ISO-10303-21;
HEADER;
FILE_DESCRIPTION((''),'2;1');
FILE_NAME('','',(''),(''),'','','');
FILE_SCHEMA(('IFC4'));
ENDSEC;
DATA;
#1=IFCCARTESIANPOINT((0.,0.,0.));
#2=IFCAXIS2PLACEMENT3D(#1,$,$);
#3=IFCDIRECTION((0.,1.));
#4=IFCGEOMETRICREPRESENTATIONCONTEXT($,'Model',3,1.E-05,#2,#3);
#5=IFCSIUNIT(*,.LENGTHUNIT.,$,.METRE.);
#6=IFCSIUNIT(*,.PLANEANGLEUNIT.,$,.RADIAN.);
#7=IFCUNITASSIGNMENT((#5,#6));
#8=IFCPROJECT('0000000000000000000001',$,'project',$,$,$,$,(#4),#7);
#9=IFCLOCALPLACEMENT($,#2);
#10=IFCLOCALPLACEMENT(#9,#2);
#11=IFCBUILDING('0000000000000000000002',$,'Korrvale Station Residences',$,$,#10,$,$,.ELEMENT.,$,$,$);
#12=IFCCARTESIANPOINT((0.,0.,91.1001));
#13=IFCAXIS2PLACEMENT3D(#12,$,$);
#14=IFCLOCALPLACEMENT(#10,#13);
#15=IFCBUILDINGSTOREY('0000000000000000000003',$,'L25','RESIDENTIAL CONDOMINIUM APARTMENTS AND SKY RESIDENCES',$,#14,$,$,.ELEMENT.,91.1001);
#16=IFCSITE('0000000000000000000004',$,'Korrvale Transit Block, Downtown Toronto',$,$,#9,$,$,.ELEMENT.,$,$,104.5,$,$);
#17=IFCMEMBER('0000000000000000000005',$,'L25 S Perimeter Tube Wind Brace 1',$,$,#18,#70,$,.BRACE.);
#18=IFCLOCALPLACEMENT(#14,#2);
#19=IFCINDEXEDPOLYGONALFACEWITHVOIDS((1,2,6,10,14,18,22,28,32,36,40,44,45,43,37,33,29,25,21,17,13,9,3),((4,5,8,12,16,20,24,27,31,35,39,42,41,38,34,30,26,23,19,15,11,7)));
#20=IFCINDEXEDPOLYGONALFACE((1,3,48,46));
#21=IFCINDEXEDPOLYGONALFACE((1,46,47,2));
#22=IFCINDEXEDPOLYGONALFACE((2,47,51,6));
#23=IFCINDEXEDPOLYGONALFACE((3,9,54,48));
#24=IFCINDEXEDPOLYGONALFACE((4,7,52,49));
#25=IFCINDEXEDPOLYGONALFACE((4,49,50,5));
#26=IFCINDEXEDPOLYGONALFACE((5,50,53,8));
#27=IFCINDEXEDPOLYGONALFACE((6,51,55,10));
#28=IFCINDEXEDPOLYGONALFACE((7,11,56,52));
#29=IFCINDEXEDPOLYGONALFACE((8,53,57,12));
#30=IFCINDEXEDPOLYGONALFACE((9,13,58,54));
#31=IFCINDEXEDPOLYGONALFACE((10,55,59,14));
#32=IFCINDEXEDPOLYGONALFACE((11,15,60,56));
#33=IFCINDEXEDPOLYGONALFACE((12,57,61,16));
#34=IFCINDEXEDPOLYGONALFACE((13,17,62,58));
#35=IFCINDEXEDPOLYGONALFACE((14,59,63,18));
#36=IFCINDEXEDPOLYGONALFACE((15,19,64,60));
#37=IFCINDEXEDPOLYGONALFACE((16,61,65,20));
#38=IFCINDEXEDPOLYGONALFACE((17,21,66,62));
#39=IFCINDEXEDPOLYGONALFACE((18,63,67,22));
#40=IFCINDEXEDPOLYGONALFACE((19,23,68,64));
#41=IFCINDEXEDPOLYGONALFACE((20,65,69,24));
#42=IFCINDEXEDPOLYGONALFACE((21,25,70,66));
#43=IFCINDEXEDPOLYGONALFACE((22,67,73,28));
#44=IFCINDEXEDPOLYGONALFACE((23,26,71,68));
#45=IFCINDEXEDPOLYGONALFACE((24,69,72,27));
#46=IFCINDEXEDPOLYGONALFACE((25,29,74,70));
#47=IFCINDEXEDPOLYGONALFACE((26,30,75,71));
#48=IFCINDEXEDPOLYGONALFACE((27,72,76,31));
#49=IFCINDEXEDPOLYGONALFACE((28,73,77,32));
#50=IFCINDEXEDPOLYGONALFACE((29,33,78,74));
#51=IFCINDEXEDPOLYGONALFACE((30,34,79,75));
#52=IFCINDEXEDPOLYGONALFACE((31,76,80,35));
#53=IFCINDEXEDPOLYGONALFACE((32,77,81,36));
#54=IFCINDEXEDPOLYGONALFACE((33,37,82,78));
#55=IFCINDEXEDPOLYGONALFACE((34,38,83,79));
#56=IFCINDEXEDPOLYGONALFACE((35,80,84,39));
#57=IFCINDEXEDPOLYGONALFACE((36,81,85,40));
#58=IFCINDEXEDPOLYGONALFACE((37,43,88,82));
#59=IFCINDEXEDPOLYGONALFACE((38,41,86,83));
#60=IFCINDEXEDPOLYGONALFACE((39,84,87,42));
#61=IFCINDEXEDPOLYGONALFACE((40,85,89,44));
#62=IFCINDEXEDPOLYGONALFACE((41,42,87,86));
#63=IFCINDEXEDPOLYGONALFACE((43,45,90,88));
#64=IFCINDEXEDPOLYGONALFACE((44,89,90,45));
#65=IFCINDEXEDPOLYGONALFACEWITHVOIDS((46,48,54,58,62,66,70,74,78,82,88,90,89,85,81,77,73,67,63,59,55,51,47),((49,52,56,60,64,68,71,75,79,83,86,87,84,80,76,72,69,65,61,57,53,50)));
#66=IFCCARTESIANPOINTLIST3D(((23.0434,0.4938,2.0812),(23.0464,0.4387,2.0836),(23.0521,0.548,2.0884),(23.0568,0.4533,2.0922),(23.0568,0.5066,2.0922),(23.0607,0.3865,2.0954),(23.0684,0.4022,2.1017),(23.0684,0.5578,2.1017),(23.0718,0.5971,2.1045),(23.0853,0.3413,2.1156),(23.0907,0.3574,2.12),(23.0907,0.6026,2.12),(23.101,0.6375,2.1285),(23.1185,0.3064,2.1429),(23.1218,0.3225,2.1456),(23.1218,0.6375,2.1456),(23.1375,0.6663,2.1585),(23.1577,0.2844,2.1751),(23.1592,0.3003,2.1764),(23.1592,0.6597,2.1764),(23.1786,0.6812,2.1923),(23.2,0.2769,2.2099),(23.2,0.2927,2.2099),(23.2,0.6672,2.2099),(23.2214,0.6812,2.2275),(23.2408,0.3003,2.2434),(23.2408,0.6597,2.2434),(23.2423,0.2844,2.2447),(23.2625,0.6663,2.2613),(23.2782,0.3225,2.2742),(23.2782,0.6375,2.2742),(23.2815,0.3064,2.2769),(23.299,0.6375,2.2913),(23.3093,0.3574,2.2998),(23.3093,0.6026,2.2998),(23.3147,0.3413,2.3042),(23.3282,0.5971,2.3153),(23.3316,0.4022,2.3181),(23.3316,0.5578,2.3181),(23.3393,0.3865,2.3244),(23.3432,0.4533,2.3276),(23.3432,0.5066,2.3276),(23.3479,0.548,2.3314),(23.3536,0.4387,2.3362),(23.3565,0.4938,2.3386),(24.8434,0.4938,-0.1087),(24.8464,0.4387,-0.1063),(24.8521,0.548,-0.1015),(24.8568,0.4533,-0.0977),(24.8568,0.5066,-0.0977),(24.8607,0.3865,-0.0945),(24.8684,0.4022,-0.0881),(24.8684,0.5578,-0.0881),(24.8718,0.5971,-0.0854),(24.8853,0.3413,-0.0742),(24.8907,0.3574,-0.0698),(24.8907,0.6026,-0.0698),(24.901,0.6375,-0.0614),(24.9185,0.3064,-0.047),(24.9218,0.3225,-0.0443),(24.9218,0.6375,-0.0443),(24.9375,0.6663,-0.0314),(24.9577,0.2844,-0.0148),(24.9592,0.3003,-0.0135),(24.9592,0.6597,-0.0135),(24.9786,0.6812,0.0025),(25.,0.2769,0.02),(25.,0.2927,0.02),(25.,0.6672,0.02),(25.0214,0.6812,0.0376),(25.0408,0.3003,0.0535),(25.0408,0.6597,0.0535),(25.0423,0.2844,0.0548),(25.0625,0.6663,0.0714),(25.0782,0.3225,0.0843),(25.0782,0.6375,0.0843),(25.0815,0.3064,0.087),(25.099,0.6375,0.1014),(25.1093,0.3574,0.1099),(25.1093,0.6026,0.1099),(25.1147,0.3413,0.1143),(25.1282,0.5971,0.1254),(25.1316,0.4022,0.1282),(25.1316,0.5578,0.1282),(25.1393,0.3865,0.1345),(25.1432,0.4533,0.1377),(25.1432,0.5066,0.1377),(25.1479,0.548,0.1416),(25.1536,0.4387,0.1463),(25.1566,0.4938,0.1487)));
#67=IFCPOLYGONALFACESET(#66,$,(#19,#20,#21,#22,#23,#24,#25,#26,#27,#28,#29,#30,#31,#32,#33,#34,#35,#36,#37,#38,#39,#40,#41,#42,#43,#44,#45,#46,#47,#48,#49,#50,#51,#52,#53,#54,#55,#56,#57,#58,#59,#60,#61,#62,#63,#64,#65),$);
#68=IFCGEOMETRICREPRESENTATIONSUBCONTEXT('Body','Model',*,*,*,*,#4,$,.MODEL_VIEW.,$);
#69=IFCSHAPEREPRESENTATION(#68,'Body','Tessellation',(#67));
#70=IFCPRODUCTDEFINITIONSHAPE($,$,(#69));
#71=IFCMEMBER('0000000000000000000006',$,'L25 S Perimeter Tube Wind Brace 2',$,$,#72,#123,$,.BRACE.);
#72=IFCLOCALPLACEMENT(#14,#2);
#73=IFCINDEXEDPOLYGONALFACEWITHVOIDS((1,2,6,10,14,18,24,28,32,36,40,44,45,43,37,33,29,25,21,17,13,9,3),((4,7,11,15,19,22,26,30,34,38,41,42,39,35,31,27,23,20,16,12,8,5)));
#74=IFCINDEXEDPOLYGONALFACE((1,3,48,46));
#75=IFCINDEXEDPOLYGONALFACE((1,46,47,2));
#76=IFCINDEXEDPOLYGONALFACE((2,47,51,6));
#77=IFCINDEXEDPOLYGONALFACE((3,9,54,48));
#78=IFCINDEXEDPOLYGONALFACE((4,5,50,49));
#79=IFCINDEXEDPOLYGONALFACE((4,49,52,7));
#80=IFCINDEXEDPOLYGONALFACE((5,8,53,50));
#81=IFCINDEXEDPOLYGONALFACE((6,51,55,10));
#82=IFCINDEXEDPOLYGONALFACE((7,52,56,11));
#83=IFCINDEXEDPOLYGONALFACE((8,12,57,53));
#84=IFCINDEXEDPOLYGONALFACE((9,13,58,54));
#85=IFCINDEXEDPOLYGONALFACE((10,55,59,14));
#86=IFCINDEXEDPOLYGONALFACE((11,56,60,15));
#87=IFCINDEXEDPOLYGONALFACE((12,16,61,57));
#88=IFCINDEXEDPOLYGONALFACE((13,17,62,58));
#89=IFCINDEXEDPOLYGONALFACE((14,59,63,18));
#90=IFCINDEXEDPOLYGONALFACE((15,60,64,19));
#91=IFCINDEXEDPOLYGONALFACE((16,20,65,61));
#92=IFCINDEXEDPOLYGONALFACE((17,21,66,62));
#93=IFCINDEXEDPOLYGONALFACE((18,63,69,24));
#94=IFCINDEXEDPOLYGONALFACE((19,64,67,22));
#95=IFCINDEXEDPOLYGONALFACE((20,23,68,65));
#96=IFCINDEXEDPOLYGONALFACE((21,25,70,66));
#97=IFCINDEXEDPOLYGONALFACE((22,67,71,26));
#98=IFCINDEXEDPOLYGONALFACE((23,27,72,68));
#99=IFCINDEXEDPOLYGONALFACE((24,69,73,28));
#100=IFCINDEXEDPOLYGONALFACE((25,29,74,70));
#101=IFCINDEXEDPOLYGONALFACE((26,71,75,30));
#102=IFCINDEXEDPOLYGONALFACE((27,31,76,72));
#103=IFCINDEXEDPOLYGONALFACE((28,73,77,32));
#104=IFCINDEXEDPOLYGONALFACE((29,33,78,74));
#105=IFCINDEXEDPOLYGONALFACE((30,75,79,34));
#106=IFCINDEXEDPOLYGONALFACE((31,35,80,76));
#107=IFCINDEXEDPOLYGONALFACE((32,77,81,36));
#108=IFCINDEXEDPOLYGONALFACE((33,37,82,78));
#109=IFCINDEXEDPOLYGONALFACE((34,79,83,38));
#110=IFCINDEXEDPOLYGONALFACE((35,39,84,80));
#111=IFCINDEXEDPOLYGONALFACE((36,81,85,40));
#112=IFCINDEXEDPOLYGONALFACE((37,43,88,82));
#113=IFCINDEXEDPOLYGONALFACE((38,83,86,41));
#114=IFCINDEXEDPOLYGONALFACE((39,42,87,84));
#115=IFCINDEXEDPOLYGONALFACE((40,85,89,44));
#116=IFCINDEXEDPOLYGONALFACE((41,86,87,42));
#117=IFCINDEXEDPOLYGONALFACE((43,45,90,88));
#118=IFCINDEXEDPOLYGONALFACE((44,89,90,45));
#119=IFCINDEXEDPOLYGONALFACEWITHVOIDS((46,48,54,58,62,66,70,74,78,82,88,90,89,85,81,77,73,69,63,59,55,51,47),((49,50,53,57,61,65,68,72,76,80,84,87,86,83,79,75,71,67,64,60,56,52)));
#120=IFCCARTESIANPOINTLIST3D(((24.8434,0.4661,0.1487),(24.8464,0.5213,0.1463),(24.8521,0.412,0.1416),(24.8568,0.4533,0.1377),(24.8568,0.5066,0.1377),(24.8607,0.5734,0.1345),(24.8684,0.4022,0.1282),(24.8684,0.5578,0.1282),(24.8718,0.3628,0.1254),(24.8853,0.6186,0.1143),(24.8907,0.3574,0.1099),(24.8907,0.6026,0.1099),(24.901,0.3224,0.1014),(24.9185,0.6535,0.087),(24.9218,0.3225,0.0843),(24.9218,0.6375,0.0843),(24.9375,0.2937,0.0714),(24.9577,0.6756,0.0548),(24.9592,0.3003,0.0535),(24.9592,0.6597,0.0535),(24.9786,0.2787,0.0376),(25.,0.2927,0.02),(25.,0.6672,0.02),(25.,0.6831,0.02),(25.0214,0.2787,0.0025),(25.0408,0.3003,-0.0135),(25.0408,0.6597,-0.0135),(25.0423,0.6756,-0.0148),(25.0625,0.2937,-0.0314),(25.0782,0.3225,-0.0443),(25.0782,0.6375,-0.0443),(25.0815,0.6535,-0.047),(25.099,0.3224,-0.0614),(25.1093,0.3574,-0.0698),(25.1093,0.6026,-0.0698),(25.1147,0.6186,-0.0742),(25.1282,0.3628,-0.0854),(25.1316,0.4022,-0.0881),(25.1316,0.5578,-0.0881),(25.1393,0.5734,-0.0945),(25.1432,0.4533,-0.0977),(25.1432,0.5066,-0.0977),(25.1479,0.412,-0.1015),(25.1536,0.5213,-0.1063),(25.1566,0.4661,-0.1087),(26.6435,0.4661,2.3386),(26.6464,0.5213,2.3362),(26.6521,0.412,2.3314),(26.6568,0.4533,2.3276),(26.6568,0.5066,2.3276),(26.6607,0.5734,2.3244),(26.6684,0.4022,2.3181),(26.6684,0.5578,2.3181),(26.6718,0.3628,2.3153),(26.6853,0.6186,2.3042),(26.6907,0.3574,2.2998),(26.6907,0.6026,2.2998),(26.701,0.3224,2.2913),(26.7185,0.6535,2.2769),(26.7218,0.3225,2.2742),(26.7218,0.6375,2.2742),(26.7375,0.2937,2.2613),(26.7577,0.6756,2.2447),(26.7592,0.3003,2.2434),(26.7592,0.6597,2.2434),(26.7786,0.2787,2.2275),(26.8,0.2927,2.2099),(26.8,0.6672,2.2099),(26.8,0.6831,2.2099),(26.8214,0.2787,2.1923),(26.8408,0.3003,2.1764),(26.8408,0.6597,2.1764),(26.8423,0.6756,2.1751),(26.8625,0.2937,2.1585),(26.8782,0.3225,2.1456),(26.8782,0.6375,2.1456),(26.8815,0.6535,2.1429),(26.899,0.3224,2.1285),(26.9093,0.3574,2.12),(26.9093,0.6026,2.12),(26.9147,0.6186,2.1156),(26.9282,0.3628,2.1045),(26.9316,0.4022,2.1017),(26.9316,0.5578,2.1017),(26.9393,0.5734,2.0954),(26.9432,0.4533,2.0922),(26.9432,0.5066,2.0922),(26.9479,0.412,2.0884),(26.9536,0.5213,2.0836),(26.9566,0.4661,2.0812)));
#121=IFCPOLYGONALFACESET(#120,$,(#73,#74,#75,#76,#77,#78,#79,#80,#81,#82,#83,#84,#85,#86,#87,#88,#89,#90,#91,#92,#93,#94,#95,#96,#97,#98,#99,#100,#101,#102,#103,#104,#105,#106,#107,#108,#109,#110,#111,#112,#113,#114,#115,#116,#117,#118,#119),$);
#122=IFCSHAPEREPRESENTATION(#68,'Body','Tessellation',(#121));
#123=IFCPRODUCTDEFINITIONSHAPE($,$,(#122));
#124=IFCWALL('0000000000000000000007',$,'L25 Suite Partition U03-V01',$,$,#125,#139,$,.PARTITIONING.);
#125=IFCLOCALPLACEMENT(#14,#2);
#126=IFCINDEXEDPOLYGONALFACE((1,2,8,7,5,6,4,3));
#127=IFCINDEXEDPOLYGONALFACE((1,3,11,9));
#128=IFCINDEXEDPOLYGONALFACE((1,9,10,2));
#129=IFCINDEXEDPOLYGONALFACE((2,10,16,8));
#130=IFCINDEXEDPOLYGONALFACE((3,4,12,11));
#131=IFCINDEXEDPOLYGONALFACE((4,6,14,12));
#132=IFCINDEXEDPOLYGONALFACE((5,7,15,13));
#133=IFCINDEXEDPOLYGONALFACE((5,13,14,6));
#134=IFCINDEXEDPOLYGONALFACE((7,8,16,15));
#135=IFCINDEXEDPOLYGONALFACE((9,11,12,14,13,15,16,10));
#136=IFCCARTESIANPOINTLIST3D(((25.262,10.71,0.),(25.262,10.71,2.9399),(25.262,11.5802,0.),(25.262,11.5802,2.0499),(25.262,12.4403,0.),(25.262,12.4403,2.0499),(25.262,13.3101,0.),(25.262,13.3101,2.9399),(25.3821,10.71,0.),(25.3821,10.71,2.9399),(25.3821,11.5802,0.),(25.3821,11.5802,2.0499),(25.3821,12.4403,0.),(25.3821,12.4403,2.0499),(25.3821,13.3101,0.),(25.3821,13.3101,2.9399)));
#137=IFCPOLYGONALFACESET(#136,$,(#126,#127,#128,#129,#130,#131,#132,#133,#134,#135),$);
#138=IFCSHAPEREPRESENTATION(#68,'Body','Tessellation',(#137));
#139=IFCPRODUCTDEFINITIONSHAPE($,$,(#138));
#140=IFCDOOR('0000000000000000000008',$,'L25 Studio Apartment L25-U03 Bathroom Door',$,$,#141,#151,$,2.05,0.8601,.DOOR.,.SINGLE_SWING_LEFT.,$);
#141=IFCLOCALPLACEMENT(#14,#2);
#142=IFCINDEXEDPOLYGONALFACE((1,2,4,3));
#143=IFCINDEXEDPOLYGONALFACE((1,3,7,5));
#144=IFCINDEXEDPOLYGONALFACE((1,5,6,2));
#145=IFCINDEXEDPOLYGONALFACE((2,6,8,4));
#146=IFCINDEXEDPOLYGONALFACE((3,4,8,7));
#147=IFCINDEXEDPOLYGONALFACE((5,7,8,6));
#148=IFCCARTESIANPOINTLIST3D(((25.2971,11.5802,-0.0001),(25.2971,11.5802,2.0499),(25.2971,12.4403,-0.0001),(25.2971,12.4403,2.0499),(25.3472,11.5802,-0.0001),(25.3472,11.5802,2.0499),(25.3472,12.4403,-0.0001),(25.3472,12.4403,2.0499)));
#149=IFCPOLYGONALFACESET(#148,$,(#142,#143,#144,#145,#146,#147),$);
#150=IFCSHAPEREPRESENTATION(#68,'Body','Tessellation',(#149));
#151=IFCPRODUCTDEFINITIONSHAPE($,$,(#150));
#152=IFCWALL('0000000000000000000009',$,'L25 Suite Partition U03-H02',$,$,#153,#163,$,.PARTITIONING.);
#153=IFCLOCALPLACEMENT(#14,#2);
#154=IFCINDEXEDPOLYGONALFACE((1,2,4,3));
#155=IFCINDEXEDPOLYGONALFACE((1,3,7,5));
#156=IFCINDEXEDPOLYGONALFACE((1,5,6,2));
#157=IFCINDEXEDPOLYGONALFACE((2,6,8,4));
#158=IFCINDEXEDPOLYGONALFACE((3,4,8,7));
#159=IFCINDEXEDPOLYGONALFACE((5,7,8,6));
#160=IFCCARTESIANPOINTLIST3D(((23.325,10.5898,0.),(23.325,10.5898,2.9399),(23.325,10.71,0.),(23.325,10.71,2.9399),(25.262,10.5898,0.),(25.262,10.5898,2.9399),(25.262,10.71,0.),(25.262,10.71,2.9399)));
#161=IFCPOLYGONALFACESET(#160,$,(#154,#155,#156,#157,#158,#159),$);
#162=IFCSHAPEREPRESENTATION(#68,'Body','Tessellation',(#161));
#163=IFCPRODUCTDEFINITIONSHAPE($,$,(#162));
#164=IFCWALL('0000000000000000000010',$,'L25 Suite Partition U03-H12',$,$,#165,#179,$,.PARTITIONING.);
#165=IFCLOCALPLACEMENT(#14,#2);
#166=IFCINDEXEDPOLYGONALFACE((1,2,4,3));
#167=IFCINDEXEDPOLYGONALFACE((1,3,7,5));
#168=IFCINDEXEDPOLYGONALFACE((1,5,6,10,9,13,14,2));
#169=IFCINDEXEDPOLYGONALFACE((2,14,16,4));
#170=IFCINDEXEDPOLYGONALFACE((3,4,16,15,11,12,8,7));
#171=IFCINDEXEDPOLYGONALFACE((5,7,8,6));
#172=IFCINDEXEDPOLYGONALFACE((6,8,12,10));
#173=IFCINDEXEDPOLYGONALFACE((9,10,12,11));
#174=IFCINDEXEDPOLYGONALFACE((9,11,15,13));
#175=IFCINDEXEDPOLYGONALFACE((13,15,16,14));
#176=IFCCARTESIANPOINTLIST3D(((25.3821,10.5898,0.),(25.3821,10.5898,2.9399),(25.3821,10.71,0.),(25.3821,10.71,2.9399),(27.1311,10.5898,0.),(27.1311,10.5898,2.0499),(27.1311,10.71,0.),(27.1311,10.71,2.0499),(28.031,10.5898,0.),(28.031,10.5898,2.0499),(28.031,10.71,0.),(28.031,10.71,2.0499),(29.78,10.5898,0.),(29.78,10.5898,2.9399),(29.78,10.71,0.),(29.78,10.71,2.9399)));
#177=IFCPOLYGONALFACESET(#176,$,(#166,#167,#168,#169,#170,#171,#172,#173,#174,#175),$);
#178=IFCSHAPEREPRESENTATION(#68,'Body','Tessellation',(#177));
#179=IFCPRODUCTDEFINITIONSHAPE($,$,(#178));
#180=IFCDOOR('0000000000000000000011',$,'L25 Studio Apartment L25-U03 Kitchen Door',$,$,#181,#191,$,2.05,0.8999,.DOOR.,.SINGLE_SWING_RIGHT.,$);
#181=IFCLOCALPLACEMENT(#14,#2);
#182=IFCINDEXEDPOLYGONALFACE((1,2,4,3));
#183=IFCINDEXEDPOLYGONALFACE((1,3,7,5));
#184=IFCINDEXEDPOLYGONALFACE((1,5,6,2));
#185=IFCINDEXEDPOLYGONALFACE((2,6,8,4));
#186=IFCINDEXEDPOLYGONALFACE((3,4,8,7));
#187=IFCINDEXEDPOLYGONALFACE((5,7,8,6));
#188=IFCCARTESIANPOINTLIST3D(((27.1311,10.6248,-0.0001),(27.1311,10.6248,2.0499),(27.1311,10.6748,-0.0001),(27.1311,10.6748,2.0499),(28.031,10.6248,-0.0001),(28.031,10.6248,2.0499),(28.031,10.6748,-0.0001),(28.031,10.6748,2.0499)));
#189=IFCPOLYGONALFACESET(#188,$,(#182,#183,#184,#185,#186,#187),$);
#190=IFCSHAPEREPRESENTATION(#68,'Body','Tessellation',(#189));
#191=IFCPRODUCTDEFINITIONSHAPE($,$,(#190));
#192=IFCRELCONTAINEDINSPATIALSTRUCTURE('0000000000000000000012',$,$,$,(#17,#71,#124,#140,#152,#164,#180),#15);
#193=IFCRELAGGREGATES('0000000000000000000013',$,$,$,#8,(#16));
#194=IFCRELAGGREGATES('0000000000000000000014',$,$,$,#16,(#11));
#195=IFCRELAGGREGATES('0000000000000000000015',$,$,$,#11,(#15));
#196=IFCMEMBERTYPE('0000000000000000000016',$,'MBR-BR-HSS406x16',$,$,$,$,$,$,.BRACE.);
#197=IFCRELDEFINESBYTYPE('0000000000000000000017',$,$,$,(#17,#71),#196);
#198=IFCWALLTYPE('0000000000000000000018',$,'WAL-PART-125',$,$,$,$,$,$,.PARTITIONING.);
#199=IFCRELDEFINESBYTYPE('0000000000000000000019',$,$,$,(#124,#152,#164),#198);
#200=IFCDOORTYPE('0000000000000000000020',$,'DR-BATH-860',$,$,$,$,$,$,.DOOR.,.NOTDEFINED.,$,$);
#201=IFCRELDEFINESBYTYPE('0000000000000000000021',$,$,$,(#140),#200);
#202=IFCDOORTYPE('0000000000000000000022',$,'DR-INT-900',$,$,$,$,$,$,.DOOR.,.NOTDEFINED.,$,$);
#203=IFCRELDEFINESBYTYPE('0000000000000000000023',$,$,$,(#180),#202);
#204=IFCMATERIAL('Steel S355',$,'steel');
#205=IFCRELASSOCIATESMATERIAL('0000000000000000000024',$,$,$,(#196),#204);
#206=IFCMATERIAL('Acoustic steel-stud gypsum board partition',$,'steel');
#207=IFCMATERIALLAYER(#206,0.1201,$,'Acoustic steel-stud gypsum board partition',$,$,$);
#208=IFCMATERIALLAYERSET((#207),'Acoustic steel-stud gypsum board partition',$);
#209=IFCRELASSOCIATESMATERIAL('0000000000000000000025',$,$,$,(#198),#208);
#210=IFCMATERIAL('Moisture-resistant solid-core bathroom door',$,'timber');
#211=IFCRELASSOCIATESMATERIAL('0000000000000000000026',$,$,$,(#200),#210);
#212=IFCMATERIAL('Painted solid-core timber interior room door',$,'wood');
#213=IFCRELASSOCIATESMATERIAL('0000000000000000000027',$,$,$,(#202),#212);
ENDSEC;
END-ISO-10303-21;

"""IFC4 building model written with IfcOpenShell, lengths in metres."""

from ifc_helpers import new_model, si_unit, direction, frame, frame_2d, origin, origin_2d, place, context, subcontext, project, spatial, rectangle, hollow_circle, extrude, material, layer, layer_set, material_profile, profile_set, type_object, element, fill, save


model = new_model("IFC4")

# Units and contexts
model_context = context("Model", 3, precision=1e-05, world=origin(), true_north=direction((0.0, 1.0)))
body_context = subcontext(model_context, "Body", "Model", "MODEL_VIEW")
ifc_project = project(units=[si_unit("LENGTHUNIT", "METRE"), si_unit("PLANEANGLEUNIT", "RADIAN")], contexts=[model_context])

# Site, building, storey
site_placement = place(None, origin())
site = spatial("IfcSite", under=ifc_project, at=site_placement, Name="Korrvale Transit Block, Downtown Toronto", CompositionType="ELEMENT", RefElevation=104.5)
building_placement = place(site_placement, origin())
building = spatial("IfcBuilding", under=site, at=building_placement, Name="Korrvale Station Residences", CompositionType="ELEMENT")
storey_placement = place(building_placement, frame((0.0, 0.0, 91.1001)))
storey = spatial("IfcBuildingStorey", under=building, at=storey_placement, Name="L25", Description="RESIDENTIAL CONDOMINIUM APARTMENTS AND SKY RESIDENCES", CompositionType="ELEMENT", Elevation=91.1001)

# Shared definitions
ifc_material_1 = material(Name="Steel S355", Category="steel")

# Members
ifc_material_profile_1 = material_profile(ifc_material_1, hollow_circle(Radius=0.2031, WallThickness=0.0159, at=origin_2d()), Name="HSS406x16")
ifc_profile_set_1 = profile_set([ifc_material_profile_1], Name="Steel S355")
member_type = type_object("IfcMemberType", Name="MBR-BR-HSS406x16", PredefinedType="BRACE", material=ifc_profile_set_1)
for number, where, z_axis, x_axis, name in (
    (1, (25.0, 0.48, 0.02), (-0.634985, 0.0, 0.772524), (0.0, -1.0, 0.0), "L25 S Perimeter Tube Wind Brace 1"),
    (2, (25.0, 0.48, 0.02), (0.634985, 0.0, 0.772524), (0.0, 1.0, 0.0), "L25 S Perimeter Tube Wind Brace 2"),
):
    element("IfcMember", number, at=place(storey_placement, frame(where, z_axis=z_axis, x_axis=x_axis)), inside=storey, type_object=member_type, Name=name, PredefinedType="BRACE", context=body_context, shape_type="SweptSolid", body=[
        extrude(hollow_circle(Radius=0.2031, WallThickness=0.0159, at=origin_2d()), origin(), (0.0, 0.0, 1.0), 2.8347),
    ])

# Wall, opening, door
ifc_material_2 = material(Name="Acoustic steel-stud gypsum board partition", Category="steel")
ifc_layer_1 = layer(ifc_material_2, 0.1201, Name="Acoustic steel-stud gypsum board partition")
ifc_layer_set_1 = layer_set([ifc_layer_1], Name="Acoustic steel-stud gypsum board partition")
wall_type_1 = type_object("IfcWallType", Name="WAL-PART-125", PredefinedType="PARTITIONING", material=ifc_layer_set_1)
wall_1_placement = place(storey_placement, frame((25.322, 10.71, 0.0), z_axis=(0.0, 0.0, 1.0), x_axis=(0.0, 1.0, 0.0)))
wall_1 = element("IfcWall", 3, at=wall_1_placement, inside=storey, type_object=wall_type_1, Name="L25 Suite Partition U03-V01", PredefinedType="PARTITIONING", context=body_context, shape_type="SweptSolid", body=[
    extrude(rectangle(XDim=2.6001, YDim=0.1201, at=frame_2d((1.3, 0.0))), origin(), (0.0, 0.0, 1.0), 2.9399),
])
opening_1_placement = place(wall_1_placement, frame((0.8701, 0.0, 0.0)))
opening_1 = element("IfcOpeningElement", 4, at=opening_1_placement, cuts=wall_1, PredefinedType="OPENING", context=body_context, shape_type="SweptSolid", body=[
    extrude(rectangle(XDim=0.8601, YDim=2.05, at=frame_2d((0.4302, 1.0249))), frame((0.0, 0.0701, 0.0), z_axis=(0.0, -1.0, 0.0), x_axis=(1.0, 0.0, 0.0)), (0.0, 0.0, 1.0), 0.1401),
])
ifc_material_3 = material(Name="Moisture-resistant solid-core bathroom door", Category="timber")
door_type_1 = type_object("IfcDoorType", Name="DR-BATH-860", OperationType="NOTDEFINED", PredefinedType="DOOR", material=ifc_material_3)
door_1_placement = place(opening_1_placement, origin())
door_1 = element("IfcDoor", 5, at=door_1_placement, inside=storey, type_object=door_type_1, Name="L25 Studio Apartment L25-U03 Bathroom Door", OperationType="SINGLE_SWING_LEFT", OverallHeight=2.05, OverallWidth=0.8601, PredefinedType="DOOR", context=body_context, shape_type="SweptSolid", body=[
    extrude(rectangle(XDim=0.8601, YDim=2.05, at=frame_2d((0.4302, 1.0249))), frame((0.0, 0.0249, 0.0), z_axis=(0.0, -1.0, 0.0), x_axis=(1.0, 0.0, 0.0)), (0.0, 0.0, 1.0), 0.05),
])
fill(opening_1, door_1)

# Wall
wall_2_placement = place(storey_placement, frame((23.325, 10.6499, 0.0), z_axis=(0.0, 0.0, 1.0), x_axis=(1.0, 0.0, 0.0)))
element("IfcWall", 6, at=wall_2_placement, inside=storey, type_object=wall_type_1, Name="L25 Suite Partition U03-H02", PredefinedType="PARTITIONING", context=body_context, shape_type="SweptSolid", body=[
    extrude(rectangle(XDim=1.937, YDim=0.1201, at=frame_2d((0.9685, 0.0))), origin(), (0.0, 0.0, 1.0), 2.9399),
])

# Wall, opening, door
wall_3_placement = place(storey_placement, frame((25.3821, 10.6499, 0.0), z_axis=(0.0, 0.0, 1.0), x_axis=(1.0, 0.0, 0.0)))
wall_3 = element("IfcWall", 7, at=wall_3_placement, inside=storey, type_object=wall_type_1, Name="L25 Suite Partition U03-H12", PredefinedType="PARTITIONING", context=body_context, shape_type="SweptSolid", body=[
    extrude(rectangle(XDim=4.3979, YDim=0.1201, at=frame_2d((2.199, 0.0))), origin(), (0.0, 0.0, 1.0), 2.9399),
])
opening_2_placement = place(wall_3_placement, frame((1.749, 0.0, 0.0)))
opening_2 = element("IfcOpeningElement", 8, at=opening_2_placement, cuts=wall_3, PredefinedType="OPENING", context=body_context, shape_type="SweptSolid", body=[
    extrude(rectangle(XDim=0.8999, YDim=2.05, at=frame_2d((0.45, 1.0249))), frame((0.0, 0.0701, 0.0), z_axis=(0.0, -1.0, 0.0), x_axis=(1.0, 0.0, 0.0)), (0.0, 0.0, 1.0), 0.1401),
])
ifc_material_4 = material(Name="Painted solid-core timber interior room door", Category="wood")
door_type_2 = type_object("IfcDoorType", Name="DR-INT-900", OperationType="NOTDEFINED", PredefinedType="DOOR", material=ifc_material_4)
door_2_placement = place(opening_2_placement, origin())
door_2 = element("IfcDoor", 9, at=door_2_placement, inside=storey, type_object=door_type_2, Name="L25 Studio Apartment L25-U03 Kitchen Door", OperationType="SINGLE_SWING_RIGHT", OverallHeight=2.05, OverallWidth=0.8999, PredefinedType="DOOR", context=body_context, shape_type="SweptSolid", body=[
    extrude(rectangle(XDim=0.8999, YDim=2.05, at=frame_2d((0.45, 1.0249))), frame((0.0, 0.0249, 0.0), z_axis=(0.0, -1.0, 0.0), x_axis=(1.0, 0.0, 0.0)), (0.0, 0.0, 1.0), 0.05),
])
fill(opening_2, door_2)

save(model, "model.ifc")
